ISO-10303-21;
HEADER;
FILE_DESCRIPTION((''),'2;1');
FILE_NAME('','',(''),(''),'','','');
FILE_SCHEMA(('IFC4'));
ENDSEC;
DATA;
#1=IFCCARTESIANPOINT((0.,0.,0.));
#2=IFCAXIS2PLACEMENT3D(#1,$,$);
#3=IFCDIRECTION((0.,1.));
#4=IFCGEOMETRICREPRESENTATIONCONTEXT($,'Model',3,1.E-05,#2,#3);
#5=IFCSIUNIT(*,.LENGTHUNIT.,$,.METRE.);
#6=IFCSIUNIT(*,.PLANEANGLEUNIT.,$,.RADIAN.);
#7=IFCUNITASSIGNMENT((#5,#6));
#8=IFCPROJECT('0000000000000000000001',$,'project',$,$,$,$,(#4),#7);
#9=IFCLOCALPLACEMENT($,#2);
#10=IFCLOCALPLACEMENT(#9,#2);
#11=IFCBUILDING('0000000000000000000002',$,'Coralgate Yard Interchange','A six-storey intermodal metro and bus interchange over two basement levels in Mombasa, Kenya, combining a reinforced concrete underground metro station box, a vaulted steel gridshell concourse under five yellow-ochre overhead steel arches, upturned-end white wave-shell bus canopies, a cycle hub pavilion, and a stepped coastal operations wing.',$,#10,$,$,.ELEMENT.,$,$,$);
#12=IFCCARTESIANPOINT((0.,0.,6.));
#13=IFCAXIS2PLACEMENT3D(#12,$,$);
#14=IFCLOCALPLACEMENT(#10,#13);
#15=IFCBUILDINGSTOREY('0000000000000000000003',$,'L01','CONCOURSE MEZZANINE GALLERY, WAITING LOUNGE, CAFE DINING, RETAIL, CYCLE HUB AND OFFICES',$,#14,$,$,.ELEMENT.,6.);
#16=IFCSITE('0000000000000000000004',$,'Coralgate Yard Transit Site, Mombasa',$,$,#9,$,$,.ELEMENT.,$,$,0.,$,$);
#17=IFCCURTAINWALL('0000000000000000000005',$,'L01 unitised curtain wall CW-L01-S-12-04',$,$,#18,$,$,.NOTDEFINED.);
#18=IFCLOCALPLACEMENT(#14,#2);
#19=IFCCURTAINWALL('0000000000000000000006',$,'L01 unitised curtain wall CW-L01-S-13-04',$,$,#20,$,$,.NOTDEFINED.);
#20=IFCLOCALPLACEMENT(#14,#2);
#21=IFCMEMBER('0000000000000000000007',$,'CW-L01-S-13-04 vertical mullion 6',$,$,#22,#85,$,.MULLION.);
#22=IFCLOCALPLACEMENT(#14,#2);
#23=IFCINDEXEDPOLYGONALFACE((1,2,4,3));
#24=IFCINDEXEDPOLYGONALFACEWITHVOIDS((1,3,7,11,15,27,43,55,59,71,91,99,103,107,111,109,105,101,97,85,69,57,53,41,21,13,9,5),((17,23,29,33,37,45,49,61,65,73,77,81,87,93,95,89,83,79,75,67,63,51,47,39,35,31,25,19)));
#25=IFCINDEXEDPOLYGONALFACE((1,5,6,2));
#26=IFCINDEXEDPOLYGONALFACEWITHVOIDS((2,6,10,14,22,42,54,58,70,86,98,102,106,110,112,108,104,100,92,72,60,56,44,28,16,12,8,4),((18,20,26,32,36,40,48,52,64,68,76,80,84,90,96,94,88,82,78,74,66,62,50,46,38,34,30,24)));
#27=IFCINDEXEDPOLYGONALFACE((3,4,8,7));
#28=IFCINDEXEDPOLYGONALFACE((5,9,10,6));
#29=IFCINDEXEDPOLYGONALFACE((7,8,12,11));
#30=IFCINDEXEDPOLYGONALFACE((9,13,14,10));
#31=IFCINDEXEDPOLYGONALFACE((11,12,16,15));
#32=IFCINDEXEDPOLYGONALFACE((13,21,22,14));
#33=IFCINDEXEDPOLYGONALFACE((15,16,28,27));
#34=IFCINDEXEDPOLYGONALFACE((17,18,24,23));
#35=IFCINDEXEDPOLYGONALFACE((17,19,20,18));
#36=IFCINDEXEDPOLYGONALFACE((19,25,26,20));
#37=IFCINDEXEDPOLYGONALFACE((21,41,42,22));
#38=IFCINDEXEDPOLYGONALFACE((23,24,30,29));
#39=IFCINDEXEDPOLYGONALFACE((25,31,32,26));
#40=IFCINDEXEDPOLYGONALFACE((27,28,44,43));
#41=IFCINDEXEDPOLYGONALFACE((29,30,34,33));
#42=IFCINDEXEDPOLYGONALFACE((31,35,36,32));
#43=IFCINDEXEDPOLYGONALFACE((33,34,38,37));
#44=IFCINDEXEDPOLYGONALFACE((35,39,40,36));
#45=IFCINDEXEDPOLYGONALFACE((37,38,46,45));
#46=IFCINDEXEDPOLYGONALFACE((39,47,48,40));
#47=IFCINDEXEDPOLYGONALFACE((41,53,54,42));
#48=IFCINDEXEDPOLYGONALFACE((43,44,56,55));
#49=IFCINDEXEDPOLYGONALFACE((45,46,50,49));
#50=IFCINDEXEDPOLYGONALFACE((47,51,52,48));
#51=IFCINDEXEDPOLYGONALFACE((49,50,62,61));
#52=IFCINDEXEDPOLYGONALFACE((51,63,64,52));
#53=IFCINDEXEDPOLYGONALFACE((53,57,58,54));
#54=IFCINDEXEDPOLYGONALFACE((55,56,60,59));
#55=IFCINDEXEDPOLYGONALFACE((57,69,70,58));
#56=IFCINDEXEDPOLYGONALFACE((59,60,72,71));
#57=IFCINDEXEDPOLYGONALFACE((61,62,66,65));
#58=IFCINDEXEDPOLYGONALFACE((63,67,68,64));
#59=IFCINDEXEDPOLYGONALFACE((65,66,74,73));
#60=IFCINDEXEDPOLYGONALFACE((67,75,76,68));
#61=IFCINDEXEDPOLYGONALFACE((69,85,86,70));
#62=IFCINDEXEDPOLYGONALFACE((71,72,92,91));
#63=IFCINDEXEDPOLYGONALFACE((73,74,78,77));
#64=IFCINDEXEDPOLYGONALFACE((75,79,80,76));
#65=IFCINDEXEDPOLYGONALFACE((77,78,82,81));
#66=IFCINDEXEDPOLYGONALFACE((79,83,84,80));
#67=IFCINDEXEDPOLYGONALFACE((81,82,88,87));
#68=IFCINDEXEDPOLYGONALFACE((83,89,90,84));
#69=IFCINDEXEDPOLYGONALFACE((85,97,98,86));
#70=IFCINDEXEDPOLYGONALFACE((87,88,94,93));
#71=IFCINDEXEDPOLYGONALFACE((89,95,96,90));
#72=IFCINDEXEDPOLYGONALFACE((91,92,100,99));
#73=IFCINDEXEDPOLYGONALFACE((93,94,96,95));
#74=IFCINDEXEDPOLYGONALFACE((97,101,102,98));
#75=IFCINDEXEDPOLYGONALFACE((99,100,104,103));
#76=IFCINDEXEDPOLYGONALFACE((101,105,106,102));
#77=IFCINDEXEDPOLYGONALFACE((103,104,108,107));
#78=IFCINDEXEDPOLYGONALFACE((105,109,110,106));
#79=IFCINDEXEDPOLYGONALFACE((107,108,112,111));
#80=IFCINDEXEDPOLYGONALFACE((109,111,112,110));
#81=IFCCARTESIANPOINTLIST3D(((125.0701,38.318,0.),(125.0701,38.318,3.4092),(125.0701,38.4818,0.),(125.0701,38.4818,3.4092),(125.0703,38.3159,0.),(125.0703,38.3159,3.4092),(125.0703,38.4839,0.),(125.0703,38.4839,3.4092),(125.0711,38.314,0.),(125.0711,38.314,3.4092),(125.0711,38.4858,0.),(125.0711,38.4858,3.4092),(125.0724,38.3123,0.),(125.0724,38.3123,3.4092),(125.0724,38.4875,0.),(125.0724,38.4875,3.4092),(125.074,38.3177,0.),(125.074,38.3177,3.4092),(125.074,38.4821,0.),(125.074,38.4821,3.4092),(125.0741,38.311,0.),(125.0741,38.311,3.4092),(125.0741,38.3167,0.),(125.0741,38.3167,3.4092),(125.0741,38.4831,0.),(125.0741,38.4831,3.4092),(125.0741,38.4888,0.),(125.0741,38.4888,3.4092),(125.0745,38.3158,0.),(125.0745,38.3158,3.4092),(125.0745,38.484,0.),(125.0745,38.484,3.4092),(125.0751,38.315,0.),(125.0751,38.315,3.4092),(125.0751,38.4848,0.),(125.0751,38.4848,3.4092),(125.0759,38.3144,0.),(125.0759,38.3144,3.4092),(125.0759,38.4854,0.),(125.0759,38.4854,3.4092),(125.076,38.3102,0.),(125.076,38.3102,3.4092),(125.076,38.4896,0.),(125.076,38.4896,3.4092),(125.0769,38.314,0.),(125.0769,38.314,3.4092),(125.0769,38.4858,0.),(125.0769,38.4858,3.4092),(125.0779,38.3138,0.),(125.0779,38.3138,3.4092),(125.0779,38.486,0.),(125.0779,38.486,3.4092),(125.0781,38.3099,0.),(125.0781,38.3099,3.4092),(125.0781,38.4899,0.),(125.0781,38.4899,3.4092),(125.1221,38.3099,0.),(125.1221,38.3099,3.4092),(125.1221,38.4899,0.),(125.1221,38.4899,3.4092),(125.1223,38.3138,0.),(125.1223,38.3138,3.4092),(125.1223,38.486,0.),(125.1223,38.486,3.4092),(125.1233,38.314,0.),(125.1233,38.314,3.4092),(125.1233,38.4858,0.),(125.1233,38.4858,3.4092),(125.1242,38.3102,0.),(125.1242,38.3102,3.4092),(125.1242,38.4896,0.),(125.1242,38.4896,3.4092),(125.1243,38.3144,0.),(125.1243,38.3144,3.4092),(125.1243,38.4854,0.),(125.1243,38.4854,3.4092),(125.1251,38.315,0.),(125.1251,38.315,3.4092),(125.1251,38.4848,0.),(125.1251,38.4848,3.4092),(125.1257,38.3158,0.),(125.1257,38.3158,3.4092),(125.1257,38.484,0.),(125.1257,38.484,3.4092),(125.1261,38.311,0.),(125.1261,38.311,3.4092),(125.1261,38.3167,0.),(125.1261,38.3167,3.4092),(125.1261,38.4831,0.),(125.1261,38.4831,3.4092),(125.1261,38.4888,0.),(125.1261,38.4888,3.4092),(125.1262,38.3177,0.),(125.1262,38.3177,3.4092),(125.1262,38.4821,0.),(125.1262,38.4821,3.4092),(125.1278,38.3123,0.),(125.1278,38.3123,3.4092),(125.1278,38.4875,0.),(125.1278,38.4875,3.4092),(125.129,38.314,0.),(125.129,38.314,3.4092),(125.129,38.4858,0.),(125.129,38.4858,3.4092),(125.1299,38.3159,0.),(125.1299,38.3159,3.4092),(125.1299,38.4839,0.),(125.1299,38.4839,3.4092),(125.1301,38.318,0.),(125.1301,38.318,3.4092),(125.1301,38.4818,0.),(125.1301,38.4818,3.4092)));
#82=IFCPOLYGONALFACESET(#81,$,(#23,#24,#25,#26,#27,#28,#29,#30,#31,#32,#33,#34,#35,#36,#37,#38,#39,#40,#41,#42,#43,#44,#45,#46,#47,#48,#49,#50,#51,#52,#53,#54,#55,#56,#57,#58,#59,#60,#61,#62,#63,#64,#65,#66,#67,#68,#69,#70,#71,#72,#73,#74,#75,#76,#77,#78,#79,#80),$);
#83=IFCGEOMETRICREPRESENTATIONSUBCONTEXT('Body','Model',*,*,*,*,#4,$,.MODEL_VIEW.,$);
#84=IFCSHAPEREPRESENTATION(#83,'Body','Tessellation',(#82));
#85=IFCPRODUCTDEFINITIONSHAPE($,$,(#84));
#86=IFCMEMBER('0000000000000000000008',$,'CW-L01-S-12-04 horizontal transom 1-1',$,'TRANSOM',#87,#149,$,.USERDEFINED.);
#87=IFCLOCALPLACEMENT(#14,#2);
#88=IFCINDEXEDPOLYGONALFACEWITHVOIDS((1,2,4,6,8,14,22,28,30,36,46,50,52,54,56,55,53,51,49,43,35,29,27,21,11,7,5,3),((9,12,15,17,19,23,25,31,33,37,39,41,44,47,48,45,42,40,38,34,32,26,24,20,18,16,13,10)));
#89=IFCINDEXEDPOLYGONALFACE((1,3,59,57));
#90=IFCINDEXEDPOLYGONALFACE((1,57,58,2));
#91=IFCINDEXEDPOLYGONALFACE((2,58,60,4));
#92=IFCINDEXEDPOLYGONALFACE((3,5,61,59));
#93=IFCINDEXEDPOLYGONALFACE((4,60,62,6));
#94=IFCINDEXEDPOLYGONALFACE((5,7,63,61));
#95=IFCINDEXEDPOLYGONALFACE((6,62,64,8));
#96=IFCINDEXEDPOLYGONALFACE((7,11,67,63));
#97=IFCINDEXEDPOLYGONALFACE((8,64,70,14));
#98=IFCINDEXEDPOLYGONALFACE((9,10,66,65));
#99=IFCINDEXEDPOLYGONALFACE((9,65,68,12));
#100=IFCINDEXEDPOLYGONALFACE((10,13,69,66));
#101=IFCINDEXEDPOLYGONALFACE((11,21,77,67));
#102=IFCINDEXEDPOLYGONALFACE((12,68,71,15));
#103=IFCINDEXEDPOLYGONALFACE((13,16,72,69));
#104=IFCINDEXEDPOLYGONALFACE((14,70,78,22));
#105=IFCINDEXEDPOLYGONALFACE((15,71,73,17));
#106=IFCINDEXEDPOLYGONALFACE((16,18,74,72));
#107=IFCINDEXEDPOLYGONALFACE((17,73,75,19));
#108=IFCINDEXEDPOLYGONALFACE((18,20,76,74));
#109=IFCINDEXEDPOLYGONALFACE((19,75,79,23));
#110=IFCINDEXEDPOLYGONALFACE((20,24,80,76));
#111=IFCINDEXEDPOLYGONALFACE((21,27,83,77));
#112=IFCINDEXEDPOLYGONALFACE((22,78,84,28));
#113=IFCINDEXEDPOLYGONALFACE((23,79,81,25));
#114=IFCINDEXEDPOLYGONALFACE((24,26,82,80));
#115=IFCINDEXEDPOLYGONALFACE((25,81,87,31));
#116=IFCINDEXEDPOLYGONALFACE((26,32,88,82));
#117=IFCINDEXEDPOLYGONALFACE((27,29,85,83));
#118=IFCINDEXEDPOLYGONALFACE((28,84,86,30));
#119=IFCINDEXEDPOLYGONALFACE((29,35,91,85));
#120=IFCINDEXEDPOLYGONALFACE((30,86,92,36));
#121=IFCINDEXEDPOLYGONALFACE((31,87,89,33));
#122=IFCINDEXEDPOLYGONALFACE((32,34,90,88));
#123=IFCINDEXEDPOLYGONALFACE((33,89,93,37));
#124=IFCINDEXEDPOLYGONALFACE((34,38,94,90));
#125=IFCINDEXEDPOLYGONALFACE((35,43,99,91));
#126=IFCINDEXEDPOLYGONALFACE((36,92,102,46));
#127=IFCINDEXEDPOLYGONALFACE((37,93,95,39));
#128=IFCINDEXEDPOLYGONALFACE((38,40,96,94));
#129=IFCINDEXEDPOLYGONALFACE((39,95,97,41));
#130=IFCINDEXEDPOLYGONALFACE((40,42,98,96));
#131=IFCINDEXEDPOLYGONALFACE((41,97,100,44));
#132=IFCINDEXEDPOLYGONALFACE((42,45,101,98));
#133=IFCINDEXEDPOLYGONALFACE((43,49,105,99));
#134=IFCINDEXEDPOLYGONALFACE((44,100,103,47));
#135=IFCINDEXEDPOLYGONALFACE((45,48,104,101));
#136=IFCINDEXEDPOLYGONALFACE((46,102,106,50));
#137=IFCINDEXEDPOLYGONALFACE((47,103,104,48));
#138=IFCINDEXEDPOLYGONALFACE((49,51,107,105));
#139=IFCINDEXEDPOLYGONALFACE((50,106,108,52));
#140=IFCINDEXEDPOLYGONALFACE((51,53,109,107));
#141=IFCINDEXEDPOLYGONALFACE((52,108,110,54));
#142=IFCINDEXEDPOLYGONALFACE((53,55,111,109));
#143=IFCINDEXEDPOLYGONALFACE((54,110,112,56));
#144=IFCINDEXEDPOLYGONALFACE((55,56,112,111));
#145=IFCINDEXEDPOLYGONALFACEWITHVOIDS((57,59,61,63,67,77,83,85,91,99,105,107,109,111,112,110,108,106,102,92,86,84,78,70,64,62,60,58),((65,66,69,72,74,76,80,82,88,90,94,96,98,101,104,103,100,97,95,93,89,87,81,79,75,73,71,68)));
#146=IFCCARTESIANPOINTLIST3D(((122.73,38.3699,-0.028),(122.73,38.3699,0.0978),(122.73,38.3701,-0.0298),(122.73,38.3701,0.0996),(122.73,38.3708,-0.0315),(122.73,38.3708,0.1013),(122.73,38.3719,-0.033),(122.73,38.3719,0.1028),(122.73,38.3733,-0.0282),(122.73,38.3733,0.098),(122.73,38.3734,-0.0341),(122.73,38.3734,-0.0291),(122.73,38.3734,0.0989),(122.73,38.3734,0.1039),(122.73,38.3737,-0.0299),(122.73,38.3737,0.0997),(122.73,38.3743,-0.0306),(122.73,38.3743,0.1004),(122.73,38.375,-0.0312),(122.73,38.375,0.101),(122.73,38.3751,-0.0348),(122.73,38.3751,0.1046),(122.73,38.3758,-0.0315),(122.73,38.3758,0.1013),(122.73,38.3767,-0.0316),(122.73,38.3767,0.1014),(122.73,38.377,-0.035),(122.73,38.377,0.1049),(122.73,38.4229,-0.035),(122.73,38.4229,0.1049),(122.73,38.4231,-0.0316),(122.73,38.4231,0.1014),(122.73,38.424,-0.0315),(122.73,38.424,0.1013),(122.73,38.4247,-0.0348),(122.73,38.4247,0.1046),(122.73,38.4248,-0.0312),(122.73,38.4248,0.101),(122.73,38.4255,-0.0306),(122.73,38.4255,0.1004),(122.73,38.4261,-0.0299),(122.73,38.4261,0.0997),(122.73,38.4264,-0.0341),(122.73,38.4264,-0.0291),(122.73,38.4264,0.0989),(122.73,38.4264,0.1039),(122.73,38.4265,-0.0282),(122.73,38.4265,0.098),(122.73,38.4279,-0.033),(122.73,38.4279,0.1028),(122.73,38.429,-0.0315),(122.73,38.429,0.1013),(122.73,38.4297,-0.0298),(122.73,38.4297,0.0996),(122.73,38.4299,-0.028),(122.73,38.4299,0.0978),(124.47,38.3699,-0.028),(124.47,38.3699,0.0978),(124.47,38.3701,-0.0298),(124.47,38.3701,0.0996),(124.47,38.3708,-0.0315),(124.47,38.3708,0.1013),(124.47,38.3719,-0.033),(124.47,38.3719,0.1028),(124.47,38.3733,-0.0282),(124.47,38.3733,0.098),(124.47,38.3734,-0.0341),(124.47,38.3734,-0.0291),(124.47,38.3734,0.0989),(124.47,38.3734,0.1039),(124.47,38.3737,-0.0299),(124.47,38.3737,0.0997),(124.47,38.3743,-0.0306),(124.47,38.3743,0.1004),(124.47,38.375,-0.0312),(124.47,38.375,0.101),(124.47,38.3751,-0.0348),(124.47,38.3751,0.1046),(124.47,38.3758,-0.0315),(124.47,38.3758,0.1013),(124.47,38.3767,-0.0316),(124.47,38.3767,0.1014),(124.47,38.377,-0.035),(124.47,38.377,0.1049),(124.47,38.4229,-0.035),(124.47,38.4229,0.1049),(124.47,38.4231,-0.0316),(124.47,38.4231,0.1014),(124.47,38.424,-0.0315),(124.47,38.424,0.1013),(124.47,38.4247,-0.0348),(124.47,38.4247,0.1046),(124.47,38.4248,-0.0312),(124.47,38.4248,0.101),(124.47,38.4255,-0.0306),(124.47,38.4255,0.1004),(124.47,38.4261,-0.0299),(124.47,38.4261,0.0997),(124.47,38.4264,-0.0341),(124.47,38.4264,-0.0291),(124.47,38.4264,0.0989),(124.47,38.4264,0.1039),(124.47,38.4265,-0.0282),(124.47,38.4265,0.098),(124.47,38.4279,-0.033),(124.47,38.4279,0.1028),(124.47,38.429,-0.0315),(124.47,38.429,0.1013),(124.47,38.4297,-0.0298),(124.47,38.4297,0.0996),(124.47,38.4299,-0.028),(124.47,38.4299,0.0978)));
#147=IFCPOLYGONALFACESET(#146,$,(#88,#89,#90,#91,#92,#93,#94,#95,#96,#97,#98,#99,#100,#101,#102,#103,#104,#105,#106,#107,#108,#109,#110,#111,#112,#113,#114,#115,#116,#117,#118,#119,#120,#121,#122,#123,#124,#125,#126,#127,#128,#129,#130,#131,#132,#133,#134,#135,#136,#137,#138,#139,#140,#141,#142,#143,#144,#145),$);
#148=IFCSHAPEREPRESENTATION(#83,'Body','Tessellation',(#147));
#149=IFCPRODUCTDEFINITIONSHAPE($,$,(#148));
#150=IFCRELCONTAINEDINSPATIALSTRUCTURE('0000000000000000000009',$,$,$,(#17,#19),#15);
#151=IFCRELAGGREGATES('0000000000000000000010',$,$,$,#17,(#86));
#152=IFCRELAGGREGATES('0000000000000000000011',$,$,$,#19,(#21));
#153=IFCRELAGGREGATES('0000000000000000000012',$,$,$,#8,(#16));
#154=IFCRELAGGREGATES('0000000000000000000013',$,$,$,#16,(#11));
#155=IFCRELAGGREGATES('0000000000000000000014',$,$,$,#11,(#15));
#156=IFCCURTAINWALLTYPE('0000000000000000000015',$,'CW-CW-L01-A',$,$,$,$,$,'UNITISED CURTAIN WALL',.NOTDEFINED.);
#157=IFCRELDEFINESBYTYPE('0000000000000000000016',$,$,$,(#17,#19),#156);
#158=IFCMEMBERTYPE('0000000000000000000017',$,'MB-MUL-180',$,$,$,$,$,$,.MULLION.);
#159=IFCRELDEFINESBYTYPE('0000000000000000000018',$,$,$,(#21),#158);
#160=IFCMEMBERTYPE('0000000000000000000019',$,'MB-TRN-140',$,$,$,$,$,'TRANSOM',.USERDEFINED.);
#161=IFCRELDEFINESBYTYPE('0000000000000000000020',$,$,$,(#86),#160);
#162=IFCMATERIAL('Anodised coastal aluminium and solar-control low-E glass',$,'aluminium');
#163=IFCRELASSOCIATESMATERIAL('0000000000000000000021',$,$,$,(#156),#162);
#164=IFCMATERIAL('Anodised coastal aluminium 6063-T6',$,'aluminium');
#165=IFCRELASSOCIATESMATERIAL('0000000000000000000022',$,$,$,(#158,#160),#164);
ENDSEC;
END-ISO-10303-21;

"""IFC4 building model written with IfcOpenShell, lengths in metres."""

from ifc_helpers import new_model, si_unit, direction, frame, origin, origin_2d, place, context, subcontext, project, spatial, hollow_rectangle, extrude, material, material_profile, profile_set, type_object, element, aggregate, save


model = new_model("IFC4")

# Units and contexts
model_context = context("Model", 3, precision=1e-05, world=origin(), true_north=direction((0.0, 1.0)))
body_context = subcontext(model_context, "Body", "Model", "MODEL_VIEW")
ifc_project = project(units=[si_unit("LENGTHUNIT", "METRE"), si_unit("PLANEANGLEUNIT", "RADIAN")], contexts=[model_context])

# Site, building, storey
site_placement = place(None, origin())
site = spatial("IfcSite", under=ifc_project, at=site_placement, Name="Coralgate Yard Transit Site, Mombasa", CompositionType="ELEMENT", RefElevation=0.0)
building_placement = place(site_placement, origin())
building = spatial("IfcBuilding", under=site, at=building_placement, Name="Coralgate Yard Interchange", Description="A six-storey intermodal metro and bus interchange over two basement levels in Mombasa, Kenya, combining a reinforced concrete underground metro station box, a vaulted steel gridshell concourse under five yellow-ochre overhead steel arches, upturned-end white wave-shell bus canopies, a cycle hub pavilion, and a stepped coastal operations wing.", CompositionType="ELEMENT")
storey_placement = place(building_placement, frame((0.0, 0.0, 6.0)))
storey = spatial("IfcBuildingStorey", under=building, at=storey_placement, Name="L01", Description="CONCOURSE MEZZANINE GALLERY, WAITING LOUNGE, CAFE DINING, RETAIL, CYCLE HUB AND OFFICES", CompositionType="ELEMENT", Elevation=6.0)

# Curtain wall
ifc_material_1 = material(Name="Anodised coastal aluminium and solar-control low-E glass", Category="aluminium")
curtain_wall_type = type_object("IfcCurtainWallType", Name="CW-CW-L01-A", ElementType="UNITISED CURTAIN WALL", PredefinedType="NOTDEFINED", material=ifc_material_1)
curtain_wall_1_placement = place(storey_placement, origin())
curtain_wall_1 = element("IfcCurtainWall", 1, at=curtain_wall_1_placement, inside=storey, type_object=curtain_wall_type, Name="L01 unitised curtain wall CW-L01-S-12-04", PredefinedType="NOTDEFINED")
ifc_material_2 = material(Name="Anodised coastal aluminium 6063-T6", Category="aluminium")
ifc_material_profile_1 = material_profile(ifc_material_2, hollow_rectangle(XDim=0.0601, YDim=0.1799, WallThickness=0.0039, InnerFilletRadius=0.0039, OuterFilletRadius=0.0081, at=origin_2d()), Name="ALU 60x180x4")
ifc_profile_set_1 = profile_set([ifc_material_profile_1], Name="Anodised coastal aluminium 6063-T6")
member_type_1 = type_object("IfcMemberType", Name="MB-MUL-180", PredefinedType="MULLION", material=ifc_profile_set_1)

# Curtain wall, member
curtain_wall_2_placement = place(storey_placement, origin())
curtain_wall_2 = element("IfcCurtainWall", 2, at=curtain_wall_2_placement, inside=storey, type_object=curtain_wall_type, Name="L01 unitised curtain wall CW-L01-S-13-04", PredefinedType="NOTDEFINED")
member_1_placement = place(storey_placement, frame((125.1001, 38.3999, 0.0), z_axis=(0.0, 0.0, 1.0), x_axis=(1.0, 0.0, 0.0)))
member_1 = element("IfcMember", 3, at=member_1_placement, type_object=member_type_1, Name="CW-L01-S-13-04 vertical mullion 6", PredefinedType="MULLION", context=body_context, shape_type="SweptSolid", body=[
    extrude(hollow_rectangle(XDim=0.0601, YDim=0.1799, WallThickness=0.0039, InnerFilletRadius=0.0039, OuterFilletRadius=0.0081, at=origin_2d()), origin(), (0.0, 0.0, 1.0), 3.4092),
])

# Member
ifc_material_profile_2 = material_profile(ifc_material_2, hollow_rectangle(XDim=0.0601, YDim=0.1399, WallThickness=0.0034, InnerFilletRadius=0.0034, OuterFilletRadius=0.0071, at=origin_2d()), Name="ALU 60x140x3.5")
ifc_profile_set_2 = profile_set([ifc_material_profile_2], Name="Anodised coastal aluminium 6063-T6")
member_type_2 = type_object("IfcMemberType", Name="MB-TRN-140", ElementType="TRANSOM", PredefinedType="USERDEFINED", material=ifc_profile_set_2)
member_2_placement = place(storey_placement, frame((124.47, 38.3999, 0.0349), z_axis=(-1.0, 0.0, 0.0), x_axis=(0.0, -1.0, 0.0)))
member_2 = element("IfcMember", 4, at=member_2_placement, type_object=member_type_2, Name="CW-L01-S-12-04 horizontal transom 1-1", ObjectType="TRANSOM", PredefinedType="USERDEFINED", context=body_context, shape_type="SweptSolid", body=[
    extrude(hollow_rectangle(XDim=0.0601, YDim=0.1399, WallThickness=0.0034, InnerFilletRadius=0.0034, OuterFilletRadius=0.0071, at=origin_2d()), origin(), (0.0, 0.0, 1.0), 1.74),
])

aggregate(curtain_wall_1, [member_2])
aggregate(curtain_wall_2, [member_1])

save(model, "model.ifc")
